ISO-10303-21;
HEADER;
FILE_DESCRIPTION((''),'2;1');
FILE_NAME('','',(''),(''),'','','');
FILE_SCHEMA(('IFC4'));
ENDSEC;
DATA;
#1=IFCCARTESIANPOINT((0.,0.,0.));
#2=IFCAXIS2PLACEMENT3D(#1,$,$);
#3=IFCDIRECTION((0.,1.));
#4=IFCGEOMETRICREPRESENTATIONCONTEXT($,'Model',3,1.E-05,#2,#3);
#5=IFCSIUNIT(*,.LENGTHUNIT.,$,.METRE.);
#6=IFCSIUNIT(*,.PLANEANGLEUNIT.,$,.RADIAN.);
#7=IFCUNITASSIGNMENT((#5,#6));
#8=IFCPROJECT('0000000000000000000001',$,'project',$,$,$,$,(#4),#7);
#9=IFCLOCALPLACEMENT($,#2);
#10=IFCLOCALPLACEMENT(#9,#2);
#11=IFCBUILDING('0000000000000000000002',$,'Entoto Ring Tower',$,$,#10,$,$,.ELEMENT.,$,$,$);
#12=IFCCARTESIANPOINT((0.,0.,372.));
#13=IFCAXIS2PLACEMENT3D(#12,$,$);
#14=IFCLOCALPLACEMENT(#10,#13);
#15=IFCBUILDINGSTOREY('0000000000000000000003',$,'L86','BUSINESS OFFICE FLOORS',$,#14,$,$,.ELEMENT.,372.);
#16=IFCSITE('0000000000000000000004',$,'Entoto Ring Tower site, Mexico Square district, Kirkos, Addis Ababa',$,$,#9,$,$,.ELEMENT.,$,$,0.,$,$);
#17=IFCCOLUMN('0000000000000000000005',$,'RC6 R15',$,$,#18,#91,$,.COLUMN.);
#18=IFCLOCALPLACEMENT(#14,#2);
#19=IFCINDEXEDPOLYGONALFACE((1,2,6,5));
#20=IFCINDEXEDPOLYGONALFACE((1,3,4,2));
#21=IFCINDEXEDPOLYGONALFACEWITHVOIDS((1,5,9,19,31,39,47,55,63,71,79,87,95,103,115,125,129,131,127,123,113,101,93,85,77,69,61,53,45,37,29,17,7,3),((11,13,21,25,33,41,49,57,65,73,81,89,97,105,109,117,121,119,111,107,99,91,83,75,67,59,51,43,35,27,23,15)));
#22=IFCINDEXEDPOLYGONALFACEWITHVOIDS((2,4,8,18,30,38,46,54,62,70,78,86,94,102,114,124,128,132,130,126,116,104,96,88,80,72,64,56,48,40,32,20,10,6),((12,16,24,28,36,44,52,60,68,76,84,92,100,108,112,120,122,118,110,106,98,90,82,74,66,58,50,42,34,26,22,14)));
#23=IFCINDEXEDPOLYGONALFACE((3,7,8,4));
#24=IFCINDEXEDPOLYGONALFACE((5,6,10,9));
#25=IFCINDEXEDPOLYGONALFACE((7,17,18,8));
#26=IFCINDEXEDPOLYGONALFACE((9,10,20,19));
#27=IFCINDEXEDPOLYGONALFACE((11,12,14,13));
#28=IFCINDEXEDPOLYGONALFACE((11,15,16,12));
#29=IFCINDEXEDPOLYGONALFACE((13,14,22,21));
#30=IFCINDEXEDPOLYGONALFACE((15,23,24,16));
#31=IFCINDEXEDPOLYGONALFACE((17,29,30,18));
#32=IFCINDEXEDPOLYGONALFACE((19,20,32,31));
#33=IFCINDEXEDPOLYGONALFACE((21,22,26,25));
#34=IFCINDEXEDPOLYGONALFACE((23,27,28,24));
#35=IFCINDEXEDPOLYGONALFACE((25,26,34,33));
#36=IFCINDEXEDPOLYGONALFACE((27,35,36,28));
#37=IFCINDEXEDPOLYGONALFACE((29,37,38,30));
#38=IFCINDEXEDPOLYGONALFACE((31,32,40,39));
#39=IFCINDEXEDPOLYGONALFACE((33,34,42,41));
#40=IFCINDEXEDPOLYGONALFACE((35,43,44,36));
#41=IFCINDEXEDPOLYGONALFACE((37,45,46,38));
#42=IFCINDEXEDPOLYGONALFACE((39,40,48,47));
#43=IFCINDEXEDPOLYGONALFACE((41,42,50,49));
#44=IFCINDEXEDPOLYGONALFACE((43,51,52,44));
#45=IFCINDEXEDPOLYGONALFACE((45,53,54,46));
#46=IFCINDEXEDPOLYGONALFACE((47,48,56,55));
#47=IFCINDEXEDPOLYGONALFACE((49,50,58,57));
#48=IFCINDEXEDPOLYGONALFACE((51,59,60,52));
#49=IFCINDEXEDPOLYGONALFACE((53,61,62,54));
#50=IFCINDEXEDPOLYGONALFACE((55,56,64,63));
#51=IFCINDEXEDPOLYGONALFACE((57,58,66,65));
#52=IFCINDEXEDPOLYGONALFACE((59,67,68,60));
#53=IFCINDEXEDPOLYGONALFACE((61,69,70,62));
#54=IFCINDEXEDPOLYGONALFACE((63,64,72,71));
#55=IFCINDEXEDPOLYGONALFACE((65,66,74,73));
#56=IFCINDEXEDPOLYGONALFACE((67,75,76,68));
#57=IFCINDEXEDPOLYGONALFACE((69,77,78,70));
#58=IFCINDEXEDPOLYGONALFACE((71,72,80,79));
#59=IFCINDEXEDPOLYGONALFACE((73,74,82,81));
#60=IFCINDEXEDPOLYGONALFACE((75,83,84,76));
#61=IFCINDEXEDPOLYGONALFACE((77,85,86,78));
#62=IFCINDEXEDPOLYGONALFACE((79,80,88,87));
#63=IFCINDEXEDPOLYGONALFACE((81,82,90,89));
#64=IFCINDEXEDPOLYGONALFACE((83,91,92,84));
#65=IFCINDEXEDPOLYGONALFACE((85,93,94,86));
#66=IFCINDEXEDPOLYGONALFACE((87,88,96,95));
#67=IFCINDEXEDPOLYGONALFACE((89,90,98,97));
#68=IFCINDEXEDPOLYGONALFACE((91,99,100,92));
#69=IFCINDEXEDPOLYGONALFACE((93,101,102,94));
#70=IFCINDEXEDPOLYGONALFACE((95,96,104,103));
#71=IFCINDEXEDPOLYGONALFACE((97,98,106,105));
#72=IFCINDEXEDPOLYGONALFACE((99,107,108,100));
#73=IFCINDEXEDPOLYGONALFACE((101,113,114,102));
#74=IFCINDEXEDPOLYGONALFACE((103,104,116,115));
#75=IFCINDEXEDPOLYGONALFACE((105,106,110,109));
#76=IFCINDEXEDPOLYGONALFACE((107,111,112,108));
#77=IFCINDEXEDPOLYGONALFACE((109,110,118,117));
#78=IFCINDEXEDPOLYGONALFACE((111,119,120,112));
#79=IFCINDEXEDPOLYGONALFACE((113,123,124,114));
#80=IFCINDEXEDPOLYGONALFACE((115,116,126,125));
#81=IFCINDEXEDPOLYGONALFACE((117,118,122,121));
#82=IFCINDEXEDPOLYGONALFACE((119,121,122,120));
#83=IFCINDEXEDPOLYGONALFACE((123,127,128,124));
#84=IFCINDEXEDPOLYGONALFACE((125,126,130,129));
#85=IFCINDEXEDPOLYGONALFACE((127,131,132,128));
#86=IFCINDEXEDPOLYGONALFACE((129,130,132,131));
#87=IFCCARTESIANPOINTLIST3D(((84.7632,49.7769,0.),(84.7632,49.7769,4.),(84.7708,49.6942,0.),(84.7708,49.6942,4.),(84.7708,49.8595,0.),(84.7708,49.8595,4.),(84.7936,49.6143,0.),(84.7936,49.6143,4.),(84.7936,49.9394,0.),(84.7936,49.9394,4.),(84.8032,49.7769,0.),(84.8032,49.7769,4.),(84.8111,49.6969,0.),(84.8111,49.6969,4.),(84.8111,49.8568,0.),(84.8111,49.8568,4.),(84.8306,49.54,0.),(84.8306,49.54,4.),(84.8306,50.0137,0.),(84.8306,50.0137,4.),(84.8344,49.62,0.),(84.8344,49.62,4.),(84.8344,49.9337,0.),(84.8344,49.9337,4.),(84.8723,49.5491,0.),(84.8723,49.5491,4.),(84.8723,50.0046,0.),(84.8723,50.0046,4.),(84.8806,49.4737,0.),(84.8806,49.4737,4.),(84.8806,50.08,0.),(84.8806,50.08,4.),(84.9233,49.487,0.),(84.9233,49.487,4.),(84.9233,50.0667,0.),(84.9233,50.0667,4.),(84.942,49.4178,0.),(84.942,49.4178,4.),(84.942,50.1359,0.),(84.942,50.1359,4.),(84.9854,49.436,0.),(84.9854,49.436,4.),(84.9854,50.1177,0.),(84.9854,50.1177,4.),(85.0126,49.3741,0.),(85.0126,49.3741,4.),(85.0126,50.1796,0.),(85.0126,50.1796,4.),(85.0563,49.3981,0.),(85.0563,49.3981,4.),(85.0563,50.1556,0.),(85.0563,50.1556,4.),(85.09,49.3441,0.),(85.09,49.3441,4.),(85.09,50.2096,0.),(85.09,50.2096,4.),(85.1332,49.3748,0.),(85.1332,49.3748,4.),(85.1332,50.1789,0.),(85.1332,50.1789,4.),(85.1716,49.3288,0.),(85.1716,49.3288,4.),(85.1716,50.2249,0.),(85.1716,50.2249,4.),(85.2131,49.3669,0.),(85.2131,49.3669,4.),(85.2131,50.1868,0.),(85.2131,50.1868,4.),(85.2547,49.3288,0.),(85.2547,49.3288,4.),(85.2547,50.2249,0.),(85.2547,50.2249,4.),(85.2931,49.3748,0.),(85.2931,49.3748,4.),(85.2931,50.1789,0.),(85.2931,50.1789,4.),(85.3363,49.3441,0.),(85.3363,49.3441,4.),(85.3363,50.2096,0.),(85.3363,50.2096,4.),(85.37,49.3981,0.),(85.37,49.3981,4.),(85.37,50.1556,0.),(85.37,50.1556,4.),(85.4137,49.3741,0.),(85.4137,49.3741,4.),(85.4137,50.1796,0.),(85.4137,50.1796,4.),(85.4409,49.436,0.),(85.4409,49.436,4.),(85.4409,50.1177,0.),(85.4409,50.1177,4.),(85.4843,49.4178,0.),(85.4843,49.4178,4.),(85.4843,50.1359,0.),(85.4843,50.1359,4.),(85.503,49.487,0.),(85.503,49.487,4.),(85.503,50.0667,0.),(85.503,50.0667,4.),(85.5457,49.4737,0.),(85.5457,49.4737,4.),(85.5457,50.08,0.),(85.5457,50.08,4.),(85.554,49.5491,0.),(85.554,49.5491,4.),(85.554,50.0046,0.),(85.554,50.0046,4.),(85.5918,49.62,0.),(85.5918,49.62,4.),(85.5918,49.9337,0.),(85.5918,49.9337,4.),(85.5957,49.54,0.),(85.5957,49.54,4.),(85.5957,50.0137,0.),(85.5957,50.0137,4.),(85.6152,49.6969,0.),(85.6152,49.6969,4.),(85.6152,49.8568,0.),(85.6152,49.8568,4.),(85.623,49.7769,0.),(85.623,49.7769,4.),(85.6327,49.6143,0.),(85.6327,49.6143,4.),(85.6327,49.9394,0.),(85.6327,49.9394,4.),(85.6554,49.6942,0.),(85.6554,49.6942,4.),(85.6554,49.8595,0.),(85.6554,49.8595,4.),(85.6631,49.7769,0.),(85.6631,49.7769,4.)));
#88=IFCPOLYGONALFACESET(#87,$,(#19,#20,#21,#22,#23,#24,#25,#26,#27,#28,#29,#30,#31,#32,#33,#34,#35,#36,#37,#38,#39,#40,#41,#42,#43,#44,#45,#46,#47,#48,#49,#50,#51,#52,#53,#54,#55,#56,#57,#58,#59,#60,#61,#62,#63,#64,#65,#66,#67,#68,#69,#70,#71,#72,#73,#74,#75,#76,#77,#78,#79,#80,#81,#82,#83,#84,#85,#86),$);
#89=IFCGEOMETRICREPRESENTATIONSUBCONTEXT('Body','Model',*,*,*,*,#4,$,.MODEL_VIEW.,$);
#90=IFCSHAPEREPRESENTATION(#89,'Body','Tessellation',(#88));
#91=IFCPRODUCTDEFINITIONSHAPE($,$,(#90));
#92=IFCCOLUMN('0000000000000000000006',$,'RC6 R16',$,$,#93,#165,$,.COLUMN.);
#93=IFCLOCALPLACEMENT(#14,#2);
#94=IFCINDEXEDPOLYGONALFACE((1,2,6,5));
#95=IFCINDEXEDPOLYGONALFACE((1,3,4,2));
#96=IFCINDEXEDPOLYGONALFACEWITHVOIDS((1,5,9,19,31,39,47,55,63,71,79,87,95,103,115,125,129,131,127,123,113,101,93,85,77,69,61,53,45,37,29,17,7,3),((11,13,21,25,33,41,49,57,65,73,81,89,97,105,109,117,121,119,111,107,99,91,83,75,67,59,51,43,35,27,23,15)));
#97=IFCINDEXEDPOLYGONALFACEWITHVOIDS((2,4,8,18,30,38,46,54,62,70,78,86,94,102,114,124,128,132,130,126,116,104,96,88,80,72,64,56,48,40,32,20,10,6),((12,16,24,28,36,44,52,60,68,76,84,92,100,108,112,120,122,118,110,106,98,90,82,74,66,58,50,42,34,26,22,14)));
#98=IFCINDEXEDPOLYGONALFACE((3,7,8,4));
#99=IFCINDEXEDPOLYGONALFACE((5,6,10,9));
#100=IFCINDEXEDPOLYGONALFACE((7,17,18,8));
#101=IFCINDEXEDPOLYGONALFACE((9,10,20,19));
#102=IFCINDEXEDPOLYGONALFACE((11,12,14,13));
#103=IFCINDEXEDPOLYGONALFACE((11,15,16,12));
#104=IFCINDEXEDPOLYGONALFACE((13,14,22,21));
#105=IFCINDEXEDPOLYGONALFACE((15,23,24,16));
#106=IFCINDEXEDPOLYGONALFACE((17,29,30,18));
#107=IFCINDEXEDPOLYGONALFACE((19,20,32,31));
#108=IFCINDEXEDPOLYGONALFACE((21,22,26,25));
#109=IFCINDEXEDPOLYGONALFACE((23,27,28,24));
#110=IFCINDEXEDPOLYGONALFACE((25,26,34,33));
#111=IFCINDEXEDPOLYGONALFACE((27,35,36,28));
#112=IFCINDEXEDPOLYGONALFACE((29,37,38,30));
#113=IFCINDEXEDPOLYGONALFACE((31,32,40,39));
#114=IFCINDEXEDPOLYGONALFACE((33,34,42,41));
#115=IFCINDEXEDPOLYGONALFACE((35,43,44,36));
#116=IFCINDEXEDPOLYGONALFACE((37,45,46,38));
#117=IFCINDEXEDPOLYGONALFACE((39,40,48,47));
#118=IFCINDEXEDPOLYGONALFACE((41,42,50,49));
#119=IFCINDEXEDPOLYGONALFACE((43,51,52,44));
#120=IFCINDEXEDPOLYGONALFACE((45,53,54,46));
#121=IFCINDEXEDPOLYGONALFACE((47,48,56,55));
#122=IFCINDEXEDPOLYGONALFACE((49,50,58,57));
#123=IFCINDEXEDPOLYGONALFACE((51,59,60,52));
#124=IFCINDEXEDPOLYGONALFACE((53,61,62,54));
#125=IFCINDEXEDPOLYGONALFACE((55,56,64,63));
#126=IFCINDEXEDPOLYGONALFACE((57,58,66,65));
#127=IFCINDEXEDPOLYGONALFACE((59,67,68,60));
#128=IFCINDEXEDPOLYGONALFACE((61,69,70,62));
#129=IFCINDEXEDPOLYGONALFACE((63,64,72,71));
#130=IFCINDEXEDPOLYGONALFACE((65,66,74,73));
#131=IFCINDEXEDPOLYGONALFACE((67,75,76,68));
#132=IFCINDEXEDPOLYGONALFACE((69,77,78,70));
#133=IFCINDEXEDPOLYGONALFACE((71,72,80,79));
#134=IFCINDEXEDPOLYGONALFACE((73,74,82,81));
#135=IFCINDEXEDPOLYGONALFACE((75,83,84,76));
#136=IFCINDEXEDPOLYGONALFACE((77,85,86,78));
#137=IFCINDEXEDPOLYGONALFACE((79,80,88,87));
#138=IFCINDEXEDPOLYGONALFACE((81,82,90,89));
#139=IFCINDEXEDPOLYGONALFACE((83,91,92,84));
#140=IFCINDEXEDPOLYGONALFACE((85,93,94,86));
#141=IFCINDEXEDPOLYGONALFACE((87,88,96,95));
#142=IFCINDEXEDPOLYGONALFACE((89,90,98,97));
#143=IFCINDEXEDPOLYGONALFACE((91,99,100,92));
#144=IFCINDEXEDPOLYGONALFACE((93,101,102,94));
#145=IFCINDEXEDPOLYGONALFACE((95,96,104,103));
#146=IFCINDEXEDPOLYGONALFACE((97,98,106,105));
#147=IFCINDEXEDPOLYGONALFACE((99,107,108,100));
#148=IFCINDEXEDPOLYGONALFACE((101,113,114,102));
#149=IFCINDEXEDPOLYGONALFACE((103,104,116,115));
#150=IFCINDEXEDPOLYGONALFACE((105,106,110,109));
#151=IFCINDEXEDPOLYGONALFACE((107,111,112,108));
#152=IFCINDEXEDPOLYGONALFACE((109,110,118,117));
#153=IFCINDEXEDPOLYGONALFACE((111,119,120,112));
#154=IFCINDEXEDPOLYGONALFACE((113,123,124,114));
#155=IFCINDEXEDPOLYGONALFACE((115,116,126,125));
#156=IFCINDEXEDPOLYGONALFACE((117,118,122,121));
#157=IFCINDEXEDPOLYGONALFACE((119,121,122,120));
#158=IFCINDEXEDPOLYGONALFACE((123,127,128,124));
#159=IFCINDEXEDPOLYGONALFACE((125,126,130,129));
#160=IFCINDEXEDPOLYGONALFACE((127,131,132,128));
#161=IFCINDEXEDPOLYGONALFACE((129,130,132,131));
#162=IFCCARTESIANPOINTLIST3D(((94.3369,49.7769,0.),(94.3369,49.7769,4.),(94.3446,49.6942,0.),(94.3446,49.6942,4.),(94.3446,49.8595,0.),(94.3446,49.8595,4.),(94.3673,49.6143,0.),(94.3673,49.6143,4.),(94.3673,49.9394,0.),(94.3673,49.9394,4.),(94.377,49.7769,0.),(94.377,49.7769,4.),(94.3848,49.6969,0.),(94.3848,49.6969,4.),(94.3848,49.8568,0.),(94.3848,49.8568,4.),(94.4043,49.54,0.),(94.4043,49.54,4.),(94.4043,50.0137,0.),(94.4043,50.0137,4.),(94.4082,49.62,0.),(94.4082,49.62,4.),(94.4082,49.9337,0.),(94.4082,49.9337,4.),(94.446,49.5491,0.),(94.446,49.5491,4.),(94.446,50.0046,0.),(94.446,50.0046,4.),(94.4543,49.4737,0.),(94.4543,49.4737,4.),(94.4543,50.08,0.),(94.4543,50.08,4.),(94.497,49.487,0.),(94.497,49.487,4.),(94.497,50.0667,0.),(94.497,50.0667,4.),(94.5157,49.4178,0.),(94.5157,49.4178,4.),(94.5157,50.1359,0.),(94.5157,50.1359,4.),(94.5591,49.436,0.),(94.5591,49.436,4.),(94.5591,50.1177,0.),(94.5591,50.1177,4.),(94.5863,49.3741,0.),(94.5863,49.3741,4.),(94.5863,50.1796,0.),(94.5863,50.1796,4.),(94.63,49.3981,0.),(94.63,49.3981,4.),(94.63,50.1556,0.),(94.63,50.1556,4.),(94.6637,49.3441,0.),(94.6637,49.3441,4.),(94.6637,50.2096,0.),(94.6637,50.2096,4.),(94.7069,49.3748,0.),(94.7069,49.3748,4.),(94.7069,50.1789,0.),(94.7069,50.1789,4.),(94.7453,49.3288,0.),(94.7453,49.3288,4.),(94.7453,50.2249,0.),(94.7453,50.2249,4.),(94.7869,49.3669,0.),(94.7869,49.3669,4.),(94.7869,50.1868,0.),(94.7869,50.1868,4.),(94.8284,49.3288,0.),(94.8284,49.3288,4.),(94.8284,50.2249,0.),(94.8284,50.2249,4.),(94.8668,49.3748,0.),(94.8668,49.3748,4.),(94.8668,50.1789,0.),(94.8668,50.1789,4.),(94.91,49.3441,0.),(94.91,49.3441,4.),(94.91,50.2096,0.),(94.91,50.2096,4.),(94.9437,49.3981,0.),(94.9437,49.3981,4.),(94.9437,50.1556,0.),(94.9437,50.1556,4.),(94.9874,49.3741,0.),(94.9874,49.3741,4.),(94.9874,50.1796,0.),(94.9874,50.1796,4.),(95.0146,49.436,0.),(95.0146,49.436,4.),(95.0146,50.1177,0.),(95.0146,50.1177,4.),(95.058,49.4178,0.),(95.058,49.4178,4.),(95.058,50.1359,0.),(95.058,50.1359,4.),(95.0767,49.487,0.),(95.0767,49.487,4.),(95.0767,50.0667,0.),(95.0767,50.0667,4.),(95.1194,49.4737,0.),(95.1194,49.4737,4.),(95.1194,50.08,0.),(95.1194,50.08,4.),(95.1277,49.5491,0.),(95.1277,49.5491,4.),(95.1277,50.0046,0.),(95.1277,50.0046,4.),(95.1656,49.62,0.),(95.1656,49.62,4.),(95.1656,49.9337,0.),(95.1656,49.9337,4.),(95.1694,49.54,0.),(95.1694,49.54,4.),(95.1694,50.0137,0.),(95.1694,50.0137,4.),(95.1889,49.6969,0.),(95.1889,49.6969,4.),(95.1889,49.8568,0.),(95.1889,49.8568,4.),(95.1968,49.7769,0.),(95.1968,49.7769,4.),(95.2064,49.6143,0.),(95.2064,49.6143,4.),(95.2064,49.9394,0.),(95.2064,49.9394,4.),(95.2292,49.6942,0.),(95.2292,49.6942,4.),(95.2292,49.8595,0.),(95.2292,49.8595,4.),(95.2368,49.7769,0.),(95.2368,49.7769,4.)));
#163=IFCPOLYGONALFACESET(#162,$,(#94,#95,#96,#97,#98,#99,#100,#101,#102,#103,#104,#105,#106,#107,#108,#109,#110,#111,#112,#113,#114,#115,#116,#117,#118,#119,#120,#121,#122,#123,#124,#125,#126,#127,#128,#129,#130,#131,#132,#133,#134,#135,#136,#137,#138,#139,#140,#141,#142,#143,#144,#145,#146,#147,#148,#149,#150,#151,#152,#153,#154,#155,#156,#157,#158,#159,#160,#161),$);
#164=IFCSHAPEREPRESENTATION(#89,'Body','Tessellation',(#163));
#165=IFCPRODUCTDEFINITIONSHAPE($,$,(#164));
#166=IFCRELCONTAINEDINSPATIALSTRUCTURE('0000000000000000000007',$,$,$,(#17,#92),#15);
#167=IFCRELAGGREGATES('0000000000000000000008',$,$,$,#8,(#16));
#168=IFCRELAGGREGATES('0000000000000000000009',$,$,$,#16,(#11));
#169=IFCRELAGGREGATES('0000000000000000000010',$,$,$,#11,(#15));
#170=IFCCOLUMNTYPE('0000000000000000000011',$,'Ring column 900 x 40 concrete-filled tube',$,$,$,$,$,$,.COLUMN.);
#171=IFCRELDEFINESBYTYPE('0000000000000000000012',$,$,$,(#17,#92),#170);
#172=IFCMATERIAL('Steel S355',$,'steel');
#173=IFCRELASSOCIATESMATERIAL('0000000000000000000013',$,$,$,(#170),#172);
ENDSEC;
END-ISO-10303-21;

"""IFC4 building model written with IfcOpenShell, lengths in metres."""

from ifc_helpers import new_model, si_unit, direction, frame, origin, origin_2d, place, context, subcontext, project, spatial, circle, hollow_circle, extrude, material, material_profile, profile_set, type_object, element, save


model = new_model("IFC4")

# Units and contexts
model_context = context("Model", 3, precision=1e-05, world=origin(), true_north=direction((0.0, 1.0)))
body_context = subcontext(model_context, "Body", "Model", "MODEL_VIEW")
ifc_project = project(units=[si_unit("LENGTHUNIT", "METRE"), si_unit("PLANEANGLEUNIT", "RADIAN")], contexts=[model_context])

# Site, building, storey
site_placement = place(None, origin())
site = spatial("IfcSite", under=ifc_project, at=site_placement, Name="Entoto Ring Tower site, Mexico Square district, Kirkos, Addis Ababa", CompositionType="ELEMENT", RefElevation=0.0)
building_placement = place(site_placement, origin())
building = spatial("IfcBuilding", under=site, at=building_placement, Name="Entoto Ring Tower", CompositionType="ELEMENT")
storey_placement = place(building_placement, frame((0.0, 0.0, 372.0)))
storey = spatial("IfcBuildingStorey", under=building, at=storey_placement, Name="L86", Description="BUSINESS OFFICE FLOORS", CompositionType="ELEMENT", Elevation=372.0)

# Columns
ifc_material_1 = material(Name="Steel S355", Category="steel")
ifc_material_profile_1 = material_profile(ifc_material_1, hollow_circle(Radius=0.45, WallThickness=0.04, at=origin_2d()), Name="CHS 900 x 40")
ifc_material_2 = material(Name="Concrete C60/75", Category="concrete")
ifc_material_profile_2 = material_profile(ifc_material_2, circle(Radius=0.4099, at=origin_2d()), Name="Concrete C60/75 infill")
ifc_profile_set_1 = profile_set([ifc_material_profile_1, ifc_material_profile_2], Name="Steel S355")
column_type = type_object("IfcColumnType", Name="Ring column 900 x 40 concrete-filled tube", PredefinedType="COLUMN", material=ifc_profile_set_1)
for number, where, z_axis, x_axis, name in (
    (1, (85.2131, 49.7769, 0.0), (0.0, 0.0, 1.0), (1.0, 0.0, 0.0), "RC6 R15"),
    (2, (94.7869, 49.7769, 0.0), (0.0, 0.0, 1.0), (1.0, 0.0, 0.0), "RC6 R16"),
):
    element("IfcColumn", number, at=place(storey_placement, frame(where, z_axis=z_axis, x_axis=x_axis)), inside=storey, type_object=column_type, Name=name, PredefinedType="COLUMN", context=body_context, shape_type="SweptSolid", body=[
        extrude(hollow_circle(Radius=0.45, WallThickness=0.04, at=origin_2d()), origin(), (0.0, 0.0, 1.0), 4.0),
    ])

save(model, "model.ifc")
